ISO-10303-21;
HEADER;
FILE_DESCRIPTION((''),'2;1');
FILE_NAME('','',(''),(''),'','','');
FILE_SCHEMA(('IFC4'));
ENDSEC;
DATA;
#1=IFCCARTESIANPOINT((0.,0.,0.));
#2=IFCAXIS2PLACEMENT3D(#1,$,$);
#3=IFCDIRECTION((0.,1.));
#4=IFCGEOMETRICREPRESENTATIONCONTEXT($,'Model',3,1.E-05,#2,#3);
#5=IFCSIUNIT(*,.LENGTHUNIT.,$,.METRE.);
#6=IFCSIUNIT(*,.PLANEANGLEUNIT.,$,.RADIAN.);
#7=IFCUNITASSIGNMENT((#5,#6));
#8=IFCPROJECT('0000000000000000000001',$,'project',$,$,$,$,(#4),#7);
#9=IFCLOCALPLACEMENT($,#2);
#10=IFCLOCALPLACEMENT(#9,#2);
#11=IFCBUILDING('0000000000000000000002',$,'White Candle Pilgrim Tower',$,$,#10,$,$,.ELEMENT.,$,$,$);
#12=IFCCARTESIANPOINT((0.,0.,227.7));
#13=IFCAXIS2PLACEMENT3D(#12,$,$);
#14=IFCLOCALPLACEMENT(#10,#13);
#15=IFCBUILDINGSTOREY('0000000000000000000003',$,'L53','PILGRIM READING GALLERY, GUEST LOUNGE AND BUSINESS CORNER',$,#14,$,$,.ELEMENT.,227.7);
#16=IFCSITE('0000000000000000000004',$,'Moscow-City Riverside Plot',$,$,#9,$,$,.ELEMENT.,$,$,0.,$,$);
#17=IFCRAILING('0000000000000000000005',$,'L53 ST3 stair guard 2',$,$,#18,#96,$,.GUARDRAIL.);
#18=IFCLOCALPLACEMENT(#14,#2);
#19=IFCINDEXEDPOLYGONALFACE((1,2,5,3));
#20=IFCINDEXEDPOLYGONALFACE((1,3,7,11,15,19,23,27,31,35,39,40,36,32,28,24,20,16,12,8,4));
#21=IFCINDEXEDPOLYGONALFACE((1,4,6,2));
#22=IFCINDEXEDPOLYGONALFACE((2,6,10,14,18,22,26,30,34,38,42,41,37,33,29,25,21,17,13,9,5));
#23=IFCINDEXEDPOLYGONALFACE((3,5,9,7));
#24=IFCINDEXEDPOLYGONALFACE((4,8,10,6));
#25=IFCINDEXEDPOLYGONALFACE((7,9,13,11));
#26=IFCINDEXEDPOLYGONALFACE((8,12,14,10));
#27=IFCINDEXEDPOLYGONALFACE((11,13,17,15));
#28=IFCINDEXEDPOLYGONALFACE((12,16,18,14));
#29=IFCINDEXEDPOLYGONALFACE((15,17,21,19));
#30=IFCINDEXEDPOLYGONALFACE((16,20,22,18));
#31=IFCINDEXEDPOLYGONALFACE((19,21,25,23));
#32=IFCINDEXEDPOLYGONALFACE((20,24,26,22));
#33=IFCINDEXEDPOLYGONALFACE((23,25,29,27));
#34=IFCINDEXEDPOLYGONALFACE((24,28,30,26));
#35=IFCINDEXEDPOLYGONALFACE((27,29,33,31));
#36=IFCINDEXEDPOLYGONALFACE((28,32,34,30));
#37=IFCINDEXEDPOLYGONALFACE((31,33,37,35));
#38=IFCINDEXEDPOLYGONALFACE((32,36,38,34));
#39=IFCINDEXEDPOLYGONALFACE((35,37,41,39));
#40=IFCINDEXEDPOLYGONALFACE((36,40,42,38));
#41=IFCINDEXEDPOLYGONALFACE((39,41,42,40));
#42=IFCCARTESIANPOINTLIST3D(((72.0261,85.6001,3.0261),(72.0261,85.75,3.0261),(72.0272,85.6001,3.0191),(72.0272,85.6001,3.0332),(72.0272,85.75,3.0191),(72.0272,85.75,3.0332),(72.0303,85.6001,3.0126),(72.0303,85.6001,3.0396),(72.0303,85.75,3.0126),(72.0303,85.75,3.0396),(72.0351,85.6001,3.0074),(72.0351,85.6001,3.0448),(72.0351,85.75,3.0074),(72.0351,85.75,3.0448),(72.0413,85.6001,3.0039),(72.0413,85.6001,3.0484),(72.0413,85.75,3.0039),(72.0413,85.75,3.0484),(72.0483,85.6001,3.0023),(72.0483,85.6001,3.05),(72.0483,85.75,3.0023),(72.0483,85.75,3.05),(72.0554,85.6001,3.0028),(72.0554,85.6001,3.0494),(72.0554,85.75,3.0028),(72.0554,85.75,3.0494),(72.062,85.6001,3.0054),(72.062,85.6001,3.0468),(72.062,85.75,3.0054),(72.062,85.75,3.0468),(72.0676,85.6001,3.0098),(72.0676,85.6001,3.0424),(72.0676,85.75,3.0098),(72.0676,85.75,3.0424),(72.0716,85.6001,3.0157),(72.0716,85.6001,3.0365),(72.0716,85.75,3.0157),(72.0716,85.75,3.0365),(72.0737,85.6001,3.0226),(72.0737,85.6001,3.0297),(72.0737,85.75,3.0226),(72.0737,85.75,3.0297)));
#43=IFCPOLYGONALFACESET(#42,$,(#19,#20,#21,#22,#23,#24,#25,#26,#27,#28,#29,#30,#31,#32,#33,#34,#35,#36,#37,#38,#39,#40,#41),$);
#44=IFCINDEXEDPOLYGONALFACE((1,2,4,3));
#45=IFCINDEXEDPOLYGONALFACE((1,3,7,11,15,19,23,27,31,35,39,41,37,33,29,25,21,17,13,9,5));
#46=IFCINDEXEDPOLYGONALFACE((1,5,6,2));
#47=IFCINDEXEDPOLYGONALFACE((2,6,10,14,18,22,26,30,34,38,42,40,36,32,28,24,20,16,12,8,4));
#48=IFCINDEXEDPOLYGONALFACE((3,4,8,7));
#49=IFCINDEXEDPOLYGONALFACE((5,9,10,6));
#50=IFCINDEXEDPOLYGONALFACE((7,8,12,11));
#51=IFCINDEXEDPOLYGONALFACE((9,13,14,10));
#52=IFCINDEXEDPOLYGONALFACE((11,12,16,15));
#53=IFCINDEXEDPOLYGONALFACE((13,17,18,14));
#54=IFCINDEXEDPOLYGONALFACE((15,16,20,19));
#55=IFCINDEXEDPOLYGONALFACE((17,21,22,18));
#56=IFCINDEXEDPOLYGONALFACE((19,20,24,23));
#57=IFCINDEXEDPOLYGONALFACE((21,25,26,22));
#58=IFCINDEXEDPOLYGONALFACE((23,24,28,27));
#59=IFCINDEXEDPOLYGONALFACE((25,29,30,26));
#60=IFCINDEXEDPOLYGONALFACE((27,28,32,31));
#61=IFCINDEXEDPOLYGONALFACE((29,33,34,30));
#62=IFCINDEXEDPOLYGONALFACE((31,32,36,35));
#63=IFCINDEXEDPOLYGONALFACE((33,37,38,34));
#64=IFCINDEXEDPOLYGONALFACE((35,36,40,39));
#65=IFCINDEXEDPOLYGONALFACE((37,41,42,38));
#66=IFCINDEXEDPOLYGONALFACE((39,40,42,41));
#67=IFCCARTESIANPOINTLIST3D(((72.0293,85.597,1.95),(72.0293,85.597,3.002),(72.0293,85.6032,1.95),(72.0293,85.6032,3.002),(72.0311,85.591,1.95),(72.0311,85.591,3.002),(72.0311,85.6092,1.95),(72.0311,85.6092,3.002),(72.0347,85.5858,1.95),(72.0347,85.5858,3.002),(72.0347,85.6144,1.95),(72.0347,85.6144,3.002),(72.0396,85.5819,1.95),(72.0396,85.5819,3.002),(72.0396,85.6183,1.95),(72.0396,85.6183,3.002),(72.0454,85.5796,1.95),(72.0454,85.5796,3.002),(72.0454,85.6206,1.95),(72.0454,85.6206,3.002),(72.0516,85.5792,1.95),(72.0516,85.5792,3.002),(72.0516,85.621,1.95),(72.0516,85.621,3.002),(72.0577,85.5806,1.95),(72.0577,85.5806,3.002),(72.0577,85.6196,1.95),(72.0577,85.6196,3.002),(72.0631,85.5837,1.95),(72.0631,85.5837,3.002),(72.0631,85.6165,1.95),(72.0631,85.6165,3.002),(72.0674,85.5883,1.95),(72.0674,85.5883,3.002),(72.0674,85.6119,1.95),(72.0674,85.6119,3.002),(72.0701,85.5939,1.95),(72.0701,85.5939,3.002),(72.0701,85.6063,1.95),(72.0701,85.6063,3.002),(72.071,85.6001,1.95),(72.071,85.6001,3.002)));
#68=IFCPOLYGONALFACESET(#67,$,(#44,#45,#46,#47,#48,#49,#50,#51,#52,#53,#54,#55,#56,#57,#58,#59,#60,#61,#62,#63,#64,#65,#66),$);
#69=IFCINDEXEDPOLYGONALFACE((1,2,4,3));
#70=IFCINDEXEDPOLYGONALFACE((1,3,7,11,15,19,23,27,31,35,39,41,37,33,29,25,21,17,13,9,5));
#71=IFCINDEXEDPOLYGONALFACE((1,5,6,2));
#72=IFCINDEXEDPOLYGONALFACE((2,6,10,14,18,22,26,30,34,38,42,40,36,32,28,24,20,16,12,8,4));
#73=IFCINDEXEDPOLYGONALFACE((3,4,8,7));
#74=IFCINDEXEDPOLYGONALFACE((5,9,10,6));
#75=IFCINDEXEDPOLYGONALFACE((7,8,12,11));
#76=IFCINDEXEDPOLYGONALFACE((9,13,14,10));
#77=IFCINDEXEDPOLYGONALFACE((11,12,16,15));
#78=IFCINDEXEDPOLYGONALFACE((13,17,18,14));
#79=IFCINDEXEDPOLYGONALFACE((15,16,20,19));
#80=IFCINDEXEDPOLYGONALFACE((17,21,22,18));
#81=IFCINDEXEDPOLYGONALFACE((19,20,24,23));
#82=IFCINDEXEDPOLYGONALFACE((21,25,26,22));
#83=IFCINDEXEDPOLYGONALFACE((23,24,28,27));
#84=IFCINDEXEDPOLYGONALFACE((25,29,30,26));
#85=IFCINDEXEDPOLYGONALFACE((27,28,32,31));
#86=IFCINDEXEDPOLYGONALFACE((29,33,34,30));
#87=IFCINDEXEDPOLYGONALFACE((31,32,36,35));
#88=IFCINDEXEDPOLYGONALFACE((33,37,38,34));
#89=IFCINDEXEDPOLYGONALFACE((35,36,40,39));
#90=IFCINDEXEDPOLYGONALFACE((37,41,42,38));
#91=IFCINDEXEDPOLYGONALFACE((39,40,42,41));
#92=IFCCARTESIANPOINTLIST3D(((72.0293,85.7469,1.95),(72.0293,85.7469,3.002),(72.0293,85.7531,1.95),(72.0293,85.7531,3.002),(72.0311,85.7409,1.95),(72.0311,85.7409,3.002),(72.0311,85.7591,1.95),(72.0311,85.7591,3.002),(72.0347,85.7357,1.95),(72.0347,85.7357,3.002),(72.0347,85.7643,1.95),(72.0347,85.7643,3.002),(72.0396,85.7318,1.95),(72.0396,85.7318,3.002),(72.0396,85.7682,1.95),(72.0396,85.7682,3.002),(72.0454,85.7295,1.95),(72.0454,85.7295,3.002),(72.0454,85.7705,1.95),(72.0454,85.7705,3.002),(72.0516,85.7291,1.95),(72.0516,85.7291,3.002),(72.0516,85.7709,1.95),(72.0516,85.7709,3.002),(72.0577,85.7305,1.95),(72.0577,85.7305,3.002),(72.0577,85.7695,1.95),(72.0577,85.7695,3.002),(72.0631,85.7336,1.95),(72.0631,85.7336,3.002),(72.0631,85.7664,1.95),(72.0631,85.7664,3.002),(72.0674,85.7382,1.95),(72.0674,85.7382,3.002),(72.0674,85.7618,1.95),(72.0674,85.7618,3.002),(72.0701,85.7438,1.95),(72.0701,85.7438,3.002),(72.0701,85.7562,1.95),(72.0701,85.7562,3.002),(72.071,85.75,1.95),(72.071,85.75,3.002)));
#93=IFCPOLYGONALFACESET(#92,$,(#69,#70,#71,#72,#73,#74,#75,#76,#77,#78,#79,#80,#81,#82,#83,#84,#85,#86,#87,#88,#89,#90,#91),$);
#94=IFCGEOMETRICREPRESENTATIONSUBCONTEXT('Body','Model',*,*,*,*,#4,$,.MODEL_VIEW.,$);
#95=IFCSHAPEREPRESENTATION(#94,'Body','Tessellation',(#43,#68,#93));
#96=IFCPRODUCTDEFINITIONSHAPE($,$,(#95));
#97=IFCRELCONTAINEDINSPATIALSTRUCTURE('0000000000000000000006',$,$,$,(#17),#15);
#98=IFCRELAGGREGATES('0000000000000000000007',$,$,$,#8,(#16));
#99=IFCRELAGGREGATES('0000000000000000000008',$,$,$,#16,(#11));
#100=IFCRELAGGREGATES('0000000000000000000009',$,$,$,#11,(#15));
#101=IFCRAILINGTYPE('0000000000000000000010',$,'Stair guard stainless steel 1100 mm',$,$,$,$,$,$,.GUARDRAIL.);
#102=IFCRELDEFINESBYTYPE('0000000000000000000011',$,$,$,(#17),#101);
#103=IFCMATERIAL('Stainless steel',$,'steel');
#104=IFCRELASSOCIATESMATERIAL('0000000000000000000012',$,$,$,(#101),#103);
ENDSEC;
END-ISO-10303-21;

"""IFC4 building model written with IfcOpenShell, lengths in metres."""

from ifc_helpers import new_model, si_unit, direction, frame, origin, origin_2d, place, context, subcontext, project, spatial, circle, extrude, material, type_object, element, save


model = new_model("IFC4")

# Units and contexts
model_context = context("Model", 3, precision=1e-05, world=origin(), true_north=direction((0.0, 1.0)))
body_context = subcontext(model_context, "Body", "Model", "MODEL_VIEW")
ifc_project = project(units=[si_unit("LENGTHUNIT", "METRE"), si_unit("PLANEANGLEUNIT", "RADIAN")], contexts=[model_context])

# Site, building, storey
site_placement = place(None, origin())
site = spatial("IfcSite", under=ifc_project, at=site_placement, Name="Moscow-City Riverside Plot", CompositionType="ELEMENT", RefElevation=0.0)
building_placement = place(site_placement, origin())
building = spatial("IfcBuilding", under=site, at=building_placement, Name="White Candle Pilgrim Tower", CompositionType="ELEMENT")
storey_placement = place(building_placement, frame((0.0, 0.0, 227.7)))
storey = spatial("IfcBuildingStorey", under=building, at=storey_placement, Name="L53", Description="PILGRIM READING GALLERY, GUEST LOUNGE AND BUSINESS CORNER", CompositionType="ELEMENT", Elevation=227.7)

# Shared definitions
ifc_material_1 = material(Name="Stainless steel", Category="steel")

# Railing
railing_type_1 = type_object("IfcRailingType", Name="Stair guard stainless steel 1100 mm", PredefinedType="GUARDRAIL", material=ifc_material_1)
railing_1_placement = place(storey_placement, frame((72.05, 85.6001, 1.95)))
element("IfcRailing", 1, at=railing_1_placement, inside=storey, type_object=railing_type_1, Name="L53 ST3 stair guard 2", PredefinedType="GUARDRAIL", context=body_context, shape_type="SweptSolid", body=[
    extrude(circle(Radius=0.0239, at=origin_2d()), frame((0.0, 0.0, 1.0762), z_axis=(0.0, 1.0, 0.0), x_axis=(-1.0, 0.0, 0.0)), (0.0, 0.0, 1.0), 0.1499),
    extrude(circle(Radius=0.021, at=origin_2d()), origin(), (0.0, 0.0, 1.0), 1.052),
    extrude(circle(Radius=0.021, at=origin_2d()), frame((0.0, 0.1499, 0.0)), (0.0, 0.0, 1.0), 1.052),
])

save(model, "model.ifc")
